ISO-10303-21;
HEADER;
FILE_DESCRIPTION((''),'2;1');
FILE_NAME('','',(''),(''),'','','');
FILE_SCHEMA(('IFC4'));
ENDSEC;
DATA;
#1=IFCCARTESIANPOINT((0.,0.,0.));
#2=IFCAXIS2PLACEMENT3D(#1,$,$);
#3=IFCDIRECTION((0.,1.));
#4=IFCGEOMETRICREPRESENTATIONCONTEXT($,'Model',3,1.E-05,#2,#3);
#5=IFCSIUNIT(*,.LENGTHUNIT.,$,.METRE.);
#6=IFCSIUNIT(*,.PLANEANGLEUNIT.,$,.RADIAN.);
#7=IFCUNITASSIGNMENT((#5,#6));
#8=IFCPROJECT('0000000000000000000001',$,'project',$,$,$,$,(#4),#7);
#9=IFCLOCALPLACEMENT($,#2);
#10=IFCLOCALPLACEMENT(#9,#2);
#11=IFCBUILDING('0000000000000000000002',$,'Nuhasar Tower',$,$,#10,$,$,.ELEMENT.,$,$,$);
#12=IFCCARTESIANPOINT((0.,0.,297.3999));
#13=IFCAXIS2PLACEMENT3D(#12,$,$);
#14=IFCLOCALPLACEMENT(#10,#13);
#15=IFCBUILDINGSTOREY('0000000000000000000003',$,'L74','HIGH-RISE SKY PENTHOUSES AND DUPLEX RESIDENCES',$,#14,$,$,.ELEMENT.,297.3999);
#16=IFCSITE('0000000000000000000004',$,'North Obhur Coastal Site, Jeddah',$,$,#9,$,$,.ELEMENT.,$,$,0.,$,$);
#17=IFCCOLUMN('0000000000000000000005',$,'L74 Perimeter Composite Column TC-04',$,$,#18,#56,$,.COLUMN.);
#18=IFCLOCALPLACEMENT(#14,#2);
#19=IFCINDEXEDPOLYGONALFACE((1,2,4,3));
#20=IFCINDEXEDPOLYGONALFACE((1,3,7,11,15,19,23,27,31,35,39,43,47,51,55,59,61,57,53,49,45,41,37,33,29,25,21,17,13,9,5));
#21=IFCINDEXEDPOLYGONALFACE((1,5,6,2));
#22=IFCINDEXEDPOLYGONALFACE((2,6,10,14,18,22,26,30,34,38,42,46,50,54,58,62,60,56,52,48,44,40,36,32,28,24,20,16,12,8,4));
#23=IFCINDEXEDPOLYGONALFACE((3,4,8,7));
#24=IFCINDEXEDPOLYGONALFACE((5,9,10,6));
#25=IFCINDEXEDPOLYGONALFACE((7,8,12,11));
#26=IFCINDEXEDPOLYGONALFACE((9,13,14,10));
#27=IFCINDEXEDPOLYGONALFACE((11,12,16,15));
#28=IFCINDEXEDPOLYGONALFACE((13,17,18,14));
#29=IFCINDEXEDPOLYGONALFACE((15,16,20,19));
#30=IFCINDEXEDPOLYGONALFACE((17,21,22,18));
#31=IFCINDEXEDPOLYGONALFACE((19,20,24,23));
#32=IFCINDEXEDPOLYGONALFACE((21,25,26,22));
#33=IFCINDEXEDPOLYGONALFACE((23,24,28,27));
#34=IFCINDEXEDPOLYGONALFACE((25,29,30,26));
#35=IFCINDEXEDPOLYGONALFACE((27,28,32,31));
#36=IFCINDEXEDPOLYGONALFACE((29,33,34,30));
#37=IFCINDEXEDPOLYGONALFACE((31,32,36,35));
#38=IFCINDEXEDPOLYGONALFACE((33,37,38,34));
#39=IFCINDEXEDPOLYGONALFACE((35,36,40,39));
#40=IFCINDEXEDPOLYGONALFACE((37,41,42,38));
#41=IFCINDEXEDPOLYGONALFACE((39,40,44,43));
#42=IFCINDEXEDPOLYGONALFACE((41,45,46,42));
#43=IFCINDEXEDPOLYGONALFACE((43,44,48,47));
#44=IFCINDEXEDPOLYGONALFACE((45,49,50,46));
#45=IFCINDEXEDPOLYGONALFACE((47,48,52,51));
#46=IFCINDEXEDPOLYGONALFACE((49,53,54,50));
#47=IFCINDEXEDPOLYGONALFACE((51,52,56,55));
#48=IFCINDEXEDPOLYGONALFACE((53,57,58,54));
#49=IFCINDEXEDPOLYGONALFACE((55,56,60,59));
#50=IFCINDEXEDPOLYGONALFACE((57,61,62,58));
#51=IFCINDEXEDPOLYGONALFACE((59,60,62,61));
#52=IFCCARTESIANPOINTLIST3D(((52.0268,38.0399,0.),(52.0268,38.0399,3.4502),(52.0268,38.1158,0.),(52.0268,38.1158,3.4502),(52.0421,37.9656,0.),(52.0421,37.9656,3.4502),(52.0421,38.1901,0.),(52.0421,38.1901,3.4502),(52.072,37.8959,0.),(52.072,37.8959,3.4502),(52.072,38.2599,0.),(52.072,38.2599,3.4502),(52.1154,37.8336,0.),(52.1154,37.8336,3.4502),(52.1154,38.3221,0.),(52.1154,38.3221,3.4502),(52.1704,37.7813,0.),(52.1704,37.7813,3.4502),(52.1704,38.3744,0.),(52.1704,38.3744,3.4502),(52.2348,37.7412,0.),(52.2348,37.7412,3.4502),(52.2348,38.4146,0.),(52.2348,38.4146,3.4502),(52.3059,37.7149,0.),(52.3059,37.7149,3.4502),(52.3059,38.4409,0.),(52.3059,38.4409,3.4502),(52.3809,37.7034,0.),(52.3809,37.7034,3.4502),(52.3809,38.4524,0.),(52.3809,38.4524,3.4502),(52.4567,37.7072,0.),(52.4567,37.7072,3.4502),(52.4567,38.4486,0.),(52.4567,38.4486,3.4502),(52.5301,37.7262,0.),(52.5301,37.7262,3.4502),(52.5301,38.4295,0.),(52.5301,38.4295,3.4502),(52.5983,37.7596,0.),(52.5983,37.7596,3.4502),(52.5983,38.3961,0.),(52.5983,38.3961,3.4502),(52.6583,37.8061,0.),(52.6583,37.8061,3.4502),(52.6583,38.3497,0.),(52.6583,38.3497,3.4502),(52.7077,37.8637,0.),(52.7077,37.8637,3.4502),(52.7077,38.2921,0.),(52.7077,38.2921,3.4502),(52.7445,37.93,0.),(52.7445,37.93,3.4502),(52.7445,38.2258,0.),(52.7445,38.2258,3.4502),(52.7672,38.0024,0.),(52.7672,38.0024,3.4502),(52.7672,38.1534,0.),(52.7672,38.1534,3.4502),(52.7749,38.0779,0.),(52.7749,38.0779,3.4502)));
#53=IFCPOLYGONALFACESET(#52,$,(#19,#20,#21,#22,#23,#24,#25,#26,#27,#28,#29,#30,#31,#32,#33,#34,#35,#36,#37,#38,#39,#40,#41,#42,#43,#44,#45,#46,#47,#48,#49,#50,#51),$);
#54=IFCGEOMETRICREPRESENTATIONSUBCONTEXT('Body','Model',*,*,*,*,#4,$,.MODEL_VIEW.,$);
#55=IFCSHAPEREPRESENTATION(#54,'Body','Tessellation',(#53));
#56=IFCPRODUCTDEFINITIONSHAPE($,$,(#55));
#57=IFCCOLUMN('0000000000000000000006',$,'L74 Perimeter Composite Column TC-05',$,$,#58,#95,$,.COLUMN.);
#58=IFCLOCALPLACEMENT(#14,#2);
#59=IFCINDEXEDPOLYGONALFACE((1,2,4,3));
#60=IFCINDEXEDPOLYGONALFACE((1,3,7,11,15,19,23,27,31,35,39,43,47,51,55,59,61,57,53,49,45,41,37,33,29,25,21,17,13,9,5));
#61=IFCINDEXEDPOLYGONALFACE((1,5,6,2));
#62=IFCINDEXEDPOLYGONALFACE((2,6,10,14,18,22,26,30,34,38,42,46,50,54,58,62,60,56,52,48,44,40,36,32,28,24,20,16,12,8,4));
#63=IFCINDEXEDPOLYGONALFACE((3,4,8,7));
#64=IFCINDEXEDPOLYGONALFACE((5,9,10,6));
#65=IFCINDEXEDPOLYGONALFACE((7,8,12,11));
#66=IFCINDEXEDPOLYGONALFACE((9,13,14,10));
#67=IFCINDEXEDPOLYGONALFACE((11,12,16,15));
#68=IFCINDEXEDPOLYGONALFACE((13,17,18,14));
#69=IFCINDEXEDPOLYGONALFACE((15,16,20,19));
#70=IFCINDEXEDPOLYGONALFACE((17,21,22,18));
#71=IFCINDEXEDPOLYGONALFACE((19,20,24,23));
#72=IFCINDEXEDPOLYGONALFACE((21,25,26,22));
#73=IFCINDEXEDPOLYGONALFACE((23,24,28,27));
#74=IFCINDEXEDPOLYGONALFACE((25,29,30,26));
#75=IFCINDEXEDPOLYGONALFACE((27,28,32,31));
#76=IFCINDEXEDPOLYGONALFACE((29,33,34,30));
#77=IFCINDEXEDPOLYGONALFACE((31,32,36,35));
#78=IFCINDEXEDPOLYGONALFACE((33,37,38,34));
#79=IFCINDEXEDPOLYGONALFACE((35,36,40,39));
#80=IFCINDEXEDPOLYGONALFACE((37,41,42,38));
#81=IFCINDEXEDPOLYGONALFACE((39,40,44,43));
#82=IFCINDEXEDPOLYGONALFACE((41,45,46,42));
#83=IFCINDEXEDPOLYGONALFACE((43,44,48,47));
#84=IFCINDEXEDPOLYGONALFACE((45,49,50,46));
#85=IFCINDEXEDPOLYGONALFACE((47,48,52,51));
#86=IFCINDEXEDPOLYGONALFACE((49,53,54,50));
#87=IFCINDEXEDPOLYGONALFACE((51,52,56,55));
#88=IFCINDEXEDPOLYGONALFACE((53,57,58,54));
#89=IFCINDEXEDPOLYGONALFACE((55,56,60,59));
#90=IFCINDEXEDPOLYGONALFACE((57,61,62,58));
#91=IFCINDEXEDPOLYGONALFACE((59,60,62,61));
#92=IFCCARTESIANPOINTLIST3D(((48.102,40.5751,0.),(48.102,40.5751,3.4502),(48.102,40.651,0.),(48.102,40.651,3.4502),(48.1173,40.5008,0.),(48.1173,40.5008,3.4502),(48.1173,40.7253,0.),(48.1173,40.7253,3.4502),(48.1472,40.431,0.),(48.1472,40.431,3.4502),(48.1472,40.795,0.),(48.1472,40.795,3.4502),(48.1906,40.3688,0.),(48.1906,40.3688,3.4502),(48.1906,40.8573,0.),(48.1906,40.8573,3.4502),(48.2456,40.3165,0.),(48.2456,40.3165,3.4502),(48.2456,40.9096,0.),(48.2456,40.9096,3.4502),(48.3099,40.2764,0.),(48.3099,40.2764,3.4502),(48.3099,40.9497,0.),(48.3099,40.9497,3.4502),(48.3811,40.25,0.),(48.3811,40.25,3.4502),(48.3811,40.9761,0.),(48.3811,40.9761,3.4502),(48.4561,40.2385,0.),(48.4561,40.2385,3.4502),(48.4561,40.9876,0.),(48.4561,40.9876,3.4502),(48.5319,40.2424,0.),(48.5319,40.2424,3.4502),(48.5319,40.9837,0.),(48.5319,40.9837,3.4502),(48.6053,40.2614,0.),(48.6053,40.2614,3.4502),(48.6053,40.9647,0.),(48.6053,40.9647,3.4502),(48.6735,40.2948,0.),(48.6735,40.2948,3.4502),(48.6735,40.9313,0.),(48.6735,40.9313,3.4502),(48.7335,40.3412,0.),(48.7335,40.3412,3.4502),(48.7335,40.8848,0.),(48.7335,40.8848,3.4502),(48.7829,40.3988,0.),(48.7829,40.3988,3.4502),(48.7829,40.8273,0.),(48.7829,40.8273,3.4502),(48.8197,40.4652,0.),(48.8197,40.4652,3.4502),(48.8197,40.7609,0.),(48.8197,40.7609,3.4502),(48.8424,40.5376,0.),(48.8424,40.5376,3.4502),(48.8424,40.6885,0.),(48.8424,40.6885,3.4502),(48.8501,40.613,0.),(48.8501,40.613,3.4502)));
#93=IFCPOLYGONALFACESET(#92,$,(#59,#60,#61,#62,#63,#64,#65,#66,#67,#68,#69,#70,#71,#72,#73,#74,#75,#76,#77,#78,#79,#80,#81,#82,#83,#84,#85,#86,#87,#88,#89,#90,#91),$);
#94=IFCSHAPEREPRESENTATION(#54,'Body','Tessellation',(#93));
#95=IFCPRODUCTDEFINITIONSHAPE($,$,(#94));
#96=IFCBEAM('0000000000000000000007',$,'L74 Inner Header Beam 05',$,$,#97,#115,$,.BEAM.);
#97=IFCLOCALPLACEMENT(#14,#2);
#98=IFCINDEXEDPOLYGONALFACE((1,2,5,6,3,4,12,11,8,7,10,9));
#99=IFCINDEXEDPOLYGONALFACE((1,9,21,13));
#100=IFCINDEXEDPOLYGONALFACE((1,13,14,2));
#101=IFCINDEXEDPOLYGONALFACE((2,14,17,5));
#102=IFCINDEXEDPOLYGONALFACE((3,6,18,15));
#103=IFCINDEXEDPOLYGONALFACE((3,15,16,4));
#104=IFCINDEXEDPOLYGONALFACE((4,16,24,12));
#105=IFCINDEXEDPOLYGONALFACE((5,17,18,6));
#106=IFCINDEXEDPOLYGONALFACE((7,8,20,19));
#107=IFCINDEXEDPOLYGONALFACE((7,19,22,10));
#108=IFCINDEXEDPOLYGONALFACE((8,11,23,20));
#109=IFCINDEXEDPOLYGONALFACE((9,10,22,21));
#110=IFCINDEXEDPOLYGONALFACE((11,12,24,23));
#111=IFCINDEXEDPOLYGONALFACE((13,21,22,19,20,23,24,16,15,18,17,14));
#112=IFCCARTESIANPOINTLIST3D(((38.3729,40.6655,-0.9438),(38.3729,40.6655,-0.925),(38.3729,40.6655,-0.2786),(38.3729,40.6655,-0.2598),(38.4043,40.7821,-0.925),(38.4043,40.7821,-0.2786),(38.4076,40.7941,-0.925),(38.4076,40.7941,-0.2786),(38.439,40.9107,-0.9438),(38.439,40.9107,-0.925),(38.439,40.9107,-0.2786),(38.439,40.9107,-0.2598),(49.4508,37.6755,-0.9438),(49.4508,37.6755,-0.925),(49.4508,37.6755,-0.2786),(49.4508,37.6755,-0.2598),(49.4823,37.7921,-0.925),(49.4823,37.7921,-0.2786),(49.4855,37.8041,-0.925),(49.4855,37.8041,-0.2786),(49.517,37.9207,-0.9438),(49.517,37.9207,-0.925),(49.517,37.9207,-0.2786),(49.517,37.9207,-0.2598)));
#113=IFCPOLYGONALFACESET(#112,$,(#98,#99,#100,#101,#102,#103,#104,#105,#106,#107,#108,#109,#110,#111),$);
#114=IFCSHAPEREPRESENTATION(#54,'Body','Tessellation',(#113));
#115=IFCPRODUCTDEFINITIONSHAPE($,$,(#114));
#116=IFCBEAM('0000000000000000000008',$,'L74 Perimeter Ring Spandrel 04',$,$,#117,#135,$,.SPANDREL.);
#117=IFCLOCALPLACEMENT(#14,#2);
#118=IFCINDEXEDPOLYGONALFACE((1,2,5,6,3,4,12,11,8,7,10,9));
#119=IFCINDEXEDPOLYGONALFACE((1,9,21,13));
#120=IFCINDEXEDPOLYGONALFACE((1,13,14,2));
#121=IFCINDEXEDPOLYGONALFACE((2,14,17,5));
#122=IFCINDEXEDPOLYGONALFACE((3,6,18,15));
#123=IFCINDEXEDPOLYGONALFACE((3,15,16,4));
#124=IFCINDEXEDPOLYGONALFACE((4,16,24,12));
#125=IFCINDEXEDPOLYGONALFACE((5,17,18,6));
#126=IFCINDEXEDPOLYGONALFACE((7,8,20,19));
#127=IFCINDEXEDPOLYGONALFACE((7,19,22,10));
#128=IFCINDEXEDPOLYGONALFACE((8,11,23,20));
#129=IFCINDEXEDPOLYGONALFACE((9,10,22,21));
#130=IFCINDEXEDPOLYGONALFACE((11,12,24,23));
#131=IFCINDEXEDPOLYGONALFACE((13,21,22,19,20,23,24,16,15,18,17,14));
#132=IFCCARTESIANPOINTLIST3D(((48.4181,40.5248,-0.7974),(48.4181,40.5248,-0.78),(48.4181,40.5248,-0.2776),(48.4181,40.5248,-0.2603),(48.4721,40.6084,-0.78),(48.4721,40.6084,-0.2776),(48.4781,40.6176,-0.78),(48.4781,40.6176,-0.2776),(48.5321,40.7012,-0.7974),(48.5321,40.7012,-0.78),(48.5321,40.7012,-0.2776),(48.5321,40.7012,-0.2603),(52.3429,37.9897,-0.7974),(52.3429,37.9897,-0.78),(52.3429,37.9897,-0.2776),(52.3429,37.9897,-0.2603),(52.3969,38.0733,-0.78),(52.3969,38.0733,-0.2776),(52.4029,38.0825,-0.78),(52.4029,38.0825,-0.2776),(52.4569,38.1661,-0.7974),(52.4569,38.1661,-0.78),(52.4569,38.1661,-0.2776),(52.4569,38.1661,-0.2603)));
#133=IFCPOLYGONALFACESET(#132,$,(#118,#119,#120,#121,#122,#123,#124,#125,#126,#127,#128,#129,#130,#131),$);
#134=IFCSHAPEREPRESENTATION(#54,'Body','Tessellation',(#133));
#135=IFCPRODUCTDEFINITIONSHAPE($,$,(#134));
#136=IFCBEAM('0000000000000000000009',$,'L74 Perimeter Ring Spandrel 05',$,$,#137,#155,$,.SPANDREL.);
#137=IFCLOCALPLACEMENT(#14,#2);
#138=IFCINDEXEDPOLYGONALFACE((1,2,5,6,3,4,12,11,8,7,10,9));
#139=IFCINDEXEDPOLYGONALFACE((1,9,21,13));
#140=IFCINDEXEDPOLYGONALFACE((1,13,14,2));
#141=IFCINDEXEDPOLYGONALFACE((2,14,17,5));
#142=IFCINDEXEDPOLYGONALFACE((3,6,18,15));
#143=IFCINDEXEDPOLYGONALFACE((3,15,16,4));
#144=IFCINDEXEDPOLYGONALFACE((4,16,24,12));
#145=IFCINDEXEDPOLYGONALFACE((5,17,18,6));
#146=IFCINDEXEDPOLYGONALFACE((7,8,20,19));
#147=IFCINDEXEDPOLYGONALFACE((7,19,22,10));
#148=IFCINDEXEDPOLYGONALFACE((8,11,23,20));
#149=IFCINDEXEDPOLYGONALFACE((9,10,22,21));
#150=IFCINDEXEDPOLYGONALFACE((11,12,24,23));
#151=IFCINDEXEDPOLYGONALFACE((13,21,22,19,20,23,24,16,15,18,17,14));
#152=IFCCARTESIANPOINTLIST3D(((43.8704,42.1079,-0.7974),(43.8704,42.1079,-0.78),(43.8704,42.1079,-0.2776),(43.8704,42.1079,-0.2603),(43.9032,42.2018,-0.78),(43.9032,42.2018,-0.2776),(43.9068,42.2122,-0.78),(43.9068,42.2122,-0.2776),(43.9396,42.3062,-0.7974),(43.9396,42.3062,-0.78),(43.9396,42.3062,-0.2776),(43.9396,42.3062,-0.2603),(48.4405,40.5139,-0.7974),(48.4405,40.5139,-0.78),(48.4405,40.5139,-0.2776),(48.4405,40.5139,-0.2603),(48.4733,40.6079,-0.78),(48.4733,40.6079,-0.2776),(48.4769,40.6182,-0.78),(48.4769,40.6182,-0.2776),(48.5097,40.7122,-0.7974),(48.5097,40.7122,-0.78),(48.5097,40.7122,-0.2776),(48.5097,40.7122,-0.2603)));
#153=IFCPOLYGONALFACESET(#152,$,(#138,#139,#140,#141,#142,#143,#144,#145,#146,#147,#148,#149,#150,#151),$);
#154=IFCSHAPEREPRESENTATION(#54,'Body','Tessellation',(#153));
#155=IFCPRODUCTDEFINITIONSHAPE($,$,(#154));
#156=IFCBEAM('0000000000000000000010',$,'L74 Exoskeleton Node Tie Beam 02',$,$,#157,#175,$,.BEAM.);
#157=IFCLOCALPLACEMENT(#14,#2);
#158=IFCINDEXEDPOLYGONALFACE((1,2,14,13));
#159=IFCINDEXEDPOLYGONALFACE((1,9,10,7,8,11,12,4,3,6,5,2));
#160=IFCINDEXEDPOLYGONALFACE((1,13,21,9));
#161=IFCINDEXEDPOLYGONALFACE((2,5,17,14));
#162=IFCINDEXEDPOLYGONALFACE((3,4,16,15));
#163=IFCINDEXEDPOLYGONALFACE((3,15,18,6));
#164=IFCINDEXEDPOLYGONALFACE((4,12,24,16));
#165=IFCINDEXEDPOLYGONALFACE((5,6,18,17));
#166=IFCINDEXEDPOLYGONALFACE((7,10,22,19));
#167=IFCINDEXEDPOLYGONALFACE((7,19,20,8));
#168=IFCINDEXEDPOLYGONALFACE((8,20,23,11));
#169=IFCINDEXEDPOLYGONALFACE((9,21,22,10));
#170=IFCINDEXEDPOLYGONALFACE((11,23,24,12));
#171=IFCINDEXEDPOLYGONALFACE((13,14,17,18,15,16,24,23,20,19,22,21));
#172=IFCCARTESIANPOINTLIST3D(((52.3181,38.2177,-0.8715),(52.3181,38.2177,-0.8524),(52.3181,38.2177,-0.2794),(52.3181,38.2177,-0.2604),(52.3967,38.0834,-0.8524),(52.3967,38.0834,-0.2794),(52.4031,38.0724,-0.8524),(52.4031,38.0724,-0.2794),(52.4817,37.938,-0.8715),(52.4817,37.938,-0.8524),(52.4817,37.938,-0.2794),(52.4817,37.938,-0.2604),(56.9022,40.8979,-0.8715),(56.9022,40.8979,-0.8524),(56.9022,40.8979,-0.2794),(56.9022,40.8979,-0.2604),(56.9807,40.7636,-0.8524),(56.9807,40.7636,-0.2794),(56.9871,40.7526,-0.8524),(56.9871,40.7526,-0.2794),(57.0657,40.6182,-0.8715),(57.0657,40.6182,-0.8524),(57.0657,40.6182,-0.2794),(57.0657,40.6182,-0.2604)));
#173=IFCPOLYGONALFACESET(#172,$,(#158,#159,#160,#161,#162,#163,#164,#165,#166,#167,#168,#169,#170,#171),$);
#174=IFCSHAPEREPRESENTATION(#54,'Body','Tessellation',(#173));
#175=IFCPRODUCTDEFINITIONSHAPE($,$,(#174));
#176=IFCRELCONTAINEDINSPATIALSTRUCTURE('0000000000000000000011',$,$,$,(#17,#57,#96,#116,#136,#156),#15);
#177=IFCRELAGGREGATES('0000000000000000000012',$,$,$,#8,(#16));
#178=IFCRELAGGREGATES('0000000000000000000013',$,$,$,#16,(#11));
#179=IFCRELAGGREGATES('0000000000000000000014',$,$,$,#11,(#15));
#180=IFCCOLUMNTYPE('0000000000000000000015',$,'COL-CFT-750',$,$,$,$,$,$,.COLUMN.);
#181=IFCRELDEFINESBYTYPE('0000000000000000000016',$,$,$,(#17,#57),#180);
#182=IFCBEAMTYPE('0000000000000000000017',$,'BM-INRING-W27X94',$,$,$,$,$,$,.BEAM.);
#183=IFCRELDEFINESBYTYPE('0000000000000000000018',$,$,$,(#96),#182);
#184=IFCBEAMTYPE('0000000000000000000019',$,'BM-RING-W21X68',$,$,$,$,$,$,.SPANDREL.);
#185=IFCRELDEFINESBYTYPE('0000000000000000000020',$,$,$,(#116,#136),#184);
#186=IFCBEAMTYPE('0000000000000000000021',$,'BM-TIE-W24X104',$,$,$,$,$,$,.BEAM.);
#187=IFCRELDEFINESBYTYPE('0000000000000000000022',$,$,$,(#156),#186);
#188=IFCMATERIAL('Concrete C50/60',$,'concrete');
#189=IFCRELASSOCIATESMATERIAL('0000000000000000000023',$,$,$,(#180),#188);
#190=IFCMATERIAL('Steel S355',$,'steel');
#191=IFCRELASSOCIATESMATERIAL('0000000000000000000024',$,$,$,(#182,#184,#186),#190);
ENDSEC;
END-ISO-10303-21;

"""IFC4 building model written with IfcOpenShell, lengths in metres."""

from ifc_helpers import new_model, si_unit, direction, frame, origin, origin_2d, place, context, subcontext, project, spatial, circle, i_section, extrude, material, material_profile, profile_set, type_object, element, save


model = new_model("IFC4")

# Units and contexts
model_context = context("Model", 3, precision=1e-05, world=origin(), true_north=direction((0.0, 1.0)))
body_context = subcontext(model_context, "Body", "Model", "MODEL_VIEW")
ifc_project = project(units=[si_unit("LENGTHUNIT", "METRE"), si_unit("PLANEANGLEUNIT", "RADIAN")], contexts=[model_context])

# Site, building, storey
site_placement = place(None, origin())
site = spatial("IfcSite", under=ifc_project, at=site_placement, Name="North Obhur Coastal Site, Jeddah", CompositionType="ELEMENT", RefElevation=0.0)
building_placement = place(site_placement, origin())
building = spatial("IfcBuilding", under=site, at=building_placement, Name="Nuhasar Tower", CompositionType="ELEMENT")
storey_placement = place(building_placement, frame((0.0, 0.0, 297.3999)))
storey = spatial("IfcBuildingStorey", under=building, at=storey_placement, Name="L74", Description="HIGH-RISE SKY PENTHOUSES AND DUPLEX RESIDENCES", CompositionType="ELEMENT", Elevation=297.3999)

# Columns
ifc_material_1 = material(Name="Concrete C50/60", Category="concrete")
ifc_material_profile_1 = material_profile(ifc_material_1, circle(Radius=0.375, at=origin_2d()), Name="CFT750")
ifc_profile_set_1 = profile_set([ifc_material_profile_1], Name="Concrete C50/60")
column_type = type_object("IfcColumnType", Name="COL-CFT-750", PredefinedType="COLUMN", material=ifc_profile_set_1)
for number, where, z_axis, x_axis, name in (
    (1, (52.3999, 38.0779, 0.0), (0.0, 0.0, 1.0), (1.0, 0.0, 0.0), "L74 Perimeter Composite Column TC-04"),
    (2, (48.4751, 40.613, 0.0), (0.0, 0.0, 1.0), (1.0, 0.0, 0.0), "L74 Perimeter Composite Column TC-05"),
):
    element("IfcColumn", number, at=place(storey_placement, frame(where, z_axis=z_axis, x_axis=x_axis)), inside=storey, type_object=column_type, Name=name, PredefinedType="COLUMN", context=body_context, shape_type="SweptSolid", body=[
        extrude(circle(Radius=0.375, at=origin_2d()), origin(), (0.0, 0.0, 1.0), 3.4502),
    ])

# Beams
ifc_material_2 = material(Name="Steel S355", Category="steel")
ifc_material_profile_2 = material_profile(ifc_material_2, i_section(OverallWidth=0.2539, OverallDepth=0.6841, WebThickness=0.0125, FlangeThickness=0.0188, at=origin_2d()), Name="W27X94")
ifc_profile_set_2 = profile_set([ifc_material_profile_2], Name="Steel S355")
beam_type_1 = type_object("IfcBeamType", Name="BM-INRING-W27X94", PredefinedType="BEAM", material=ifc_profile_set_2)
beam_1_placement = place(storey_placement, frame((49.4839, 37.7981, -0.6018), z_axis=(-0.965452, 0.260582, 0.0), x_axis=(-0.260582, -0.965452, 0.0)))
element("IfcBeam", 3, at=beam_1_placement, inside=storey, type_object=beam_type_1, Name="L74 Inner Header Beam 05", PredefinedType="BEAM", context=body_context, shape_type="SweptSolid", body=[
    extrude(i_section(OverallWidth=0.2539, OverallDepth=0.6841, WebThickness=0.0125, FlangeThickness=0.0188, at=origin_2d()), origin(), (0.0, 0.0, 1.0), 11.4744),
])
ifc_material_profile_3 = material_profile(ifc_material_2, i_section(OverallWidth=0.21, OverallDepth=0.5371, WebThickness=0.011, FlangeThickness=0.0173, at=origin_2d()), Name="W21X68")
ifc_profile_set_3 = profile_set([ifc_material_profile_3], Name="Steel S355")
beam_type_2 = type_object("IfcBeamType", Name="BM-RING-W21X68", PredefinedType="SPANDREL", material=ifc_profile_set_3)
beam_2_placement = place(storey_placement, frame((52.3999, 38.0779, -0.5288), z_axis=(-0.840002, 0.542584, 0.0), x_axis=(-0.542584, -0.840002, 0.0)))
element("IfcBeam", 4, at=beam_2_placement, inside=storey, type_object=beam_type_2, Name="L74 Perimeter Ring Spandrel 04", PredefinedType="SPANDREL", context=body_context, shape_type="SweptSolid", body=[
    extrude(i_section(OverallWidth=0.21, OverallDepth=0.5371, WebThickness=0.011, FlangeThickness=0.0173, at=origin_2d()), origin(), (0.0, 0.0, 1.0), 4.6724),
])
beam_3_placement = place(storey_placement, frame((48.4751, 40.613, -0.5288), z_axis=(-0.944214, 0.329332, 0.0), x_axis=(-0.329332, -0.944214, 0.0)))
element("IfcBeam", 5, at=beam_3_placement, inside=storey, type_object=beam_type_2, Name="L74 Perimeter Ring Spandrel 05", PredefinedType="SPANDREL", context=body_context, shape_type="SweptSolid", body=[
    extrude(i_section(OverallWidth=0.21, OverallDepth=0.5371, WebThickness=0.011, FlangeThickness=0.0173, at=origin_2d()), origin(), (0.0, 0.0, 1.0), 4.8401),
])
ifc_material_profile_4 = material_profile(ifc_material_2, i_section(OverallWidth=0.324, OverallDepth=0.6111, WebThickness=0.0127, FlangeThickness=0.019, at=origin_2d()), Name="W24X104")
ifc_profile_set_4 = profile_set([ifc_material_profile_4], Name="Steel S355")
beam_type_3 = type_object("IfcBeamType", Name="BM-TIE-W24X104", PredefinedType="BEAM", material=ifc_profile_set_4)
beam_4_placement = place(storey_placement, frame((52.3999, 38.0779, -0.5659), z_axis=(0.863272, 0.50474, 0.0), x_axis=(-0.50474, 0.863272, 0.0)))
element("IfcBeam", 6, at=beam_4_placement, inside=storey, type_object=beam_type_3, Name="L74 Exoskeleton Node Tie Beam 02", PredefinedType="BEAM", context=body_context, shape_type="SweptSolid", body=[
    extrude(i_section(OverallWidth=0.324, OverallDepth=0.6111, WebThickness=0.0127, FlangeThickness=0.019, at=origin_2d()), origin(), (0.0, 0.0, 1.0), 5.3101),
])

save(model, "model.ifc")
